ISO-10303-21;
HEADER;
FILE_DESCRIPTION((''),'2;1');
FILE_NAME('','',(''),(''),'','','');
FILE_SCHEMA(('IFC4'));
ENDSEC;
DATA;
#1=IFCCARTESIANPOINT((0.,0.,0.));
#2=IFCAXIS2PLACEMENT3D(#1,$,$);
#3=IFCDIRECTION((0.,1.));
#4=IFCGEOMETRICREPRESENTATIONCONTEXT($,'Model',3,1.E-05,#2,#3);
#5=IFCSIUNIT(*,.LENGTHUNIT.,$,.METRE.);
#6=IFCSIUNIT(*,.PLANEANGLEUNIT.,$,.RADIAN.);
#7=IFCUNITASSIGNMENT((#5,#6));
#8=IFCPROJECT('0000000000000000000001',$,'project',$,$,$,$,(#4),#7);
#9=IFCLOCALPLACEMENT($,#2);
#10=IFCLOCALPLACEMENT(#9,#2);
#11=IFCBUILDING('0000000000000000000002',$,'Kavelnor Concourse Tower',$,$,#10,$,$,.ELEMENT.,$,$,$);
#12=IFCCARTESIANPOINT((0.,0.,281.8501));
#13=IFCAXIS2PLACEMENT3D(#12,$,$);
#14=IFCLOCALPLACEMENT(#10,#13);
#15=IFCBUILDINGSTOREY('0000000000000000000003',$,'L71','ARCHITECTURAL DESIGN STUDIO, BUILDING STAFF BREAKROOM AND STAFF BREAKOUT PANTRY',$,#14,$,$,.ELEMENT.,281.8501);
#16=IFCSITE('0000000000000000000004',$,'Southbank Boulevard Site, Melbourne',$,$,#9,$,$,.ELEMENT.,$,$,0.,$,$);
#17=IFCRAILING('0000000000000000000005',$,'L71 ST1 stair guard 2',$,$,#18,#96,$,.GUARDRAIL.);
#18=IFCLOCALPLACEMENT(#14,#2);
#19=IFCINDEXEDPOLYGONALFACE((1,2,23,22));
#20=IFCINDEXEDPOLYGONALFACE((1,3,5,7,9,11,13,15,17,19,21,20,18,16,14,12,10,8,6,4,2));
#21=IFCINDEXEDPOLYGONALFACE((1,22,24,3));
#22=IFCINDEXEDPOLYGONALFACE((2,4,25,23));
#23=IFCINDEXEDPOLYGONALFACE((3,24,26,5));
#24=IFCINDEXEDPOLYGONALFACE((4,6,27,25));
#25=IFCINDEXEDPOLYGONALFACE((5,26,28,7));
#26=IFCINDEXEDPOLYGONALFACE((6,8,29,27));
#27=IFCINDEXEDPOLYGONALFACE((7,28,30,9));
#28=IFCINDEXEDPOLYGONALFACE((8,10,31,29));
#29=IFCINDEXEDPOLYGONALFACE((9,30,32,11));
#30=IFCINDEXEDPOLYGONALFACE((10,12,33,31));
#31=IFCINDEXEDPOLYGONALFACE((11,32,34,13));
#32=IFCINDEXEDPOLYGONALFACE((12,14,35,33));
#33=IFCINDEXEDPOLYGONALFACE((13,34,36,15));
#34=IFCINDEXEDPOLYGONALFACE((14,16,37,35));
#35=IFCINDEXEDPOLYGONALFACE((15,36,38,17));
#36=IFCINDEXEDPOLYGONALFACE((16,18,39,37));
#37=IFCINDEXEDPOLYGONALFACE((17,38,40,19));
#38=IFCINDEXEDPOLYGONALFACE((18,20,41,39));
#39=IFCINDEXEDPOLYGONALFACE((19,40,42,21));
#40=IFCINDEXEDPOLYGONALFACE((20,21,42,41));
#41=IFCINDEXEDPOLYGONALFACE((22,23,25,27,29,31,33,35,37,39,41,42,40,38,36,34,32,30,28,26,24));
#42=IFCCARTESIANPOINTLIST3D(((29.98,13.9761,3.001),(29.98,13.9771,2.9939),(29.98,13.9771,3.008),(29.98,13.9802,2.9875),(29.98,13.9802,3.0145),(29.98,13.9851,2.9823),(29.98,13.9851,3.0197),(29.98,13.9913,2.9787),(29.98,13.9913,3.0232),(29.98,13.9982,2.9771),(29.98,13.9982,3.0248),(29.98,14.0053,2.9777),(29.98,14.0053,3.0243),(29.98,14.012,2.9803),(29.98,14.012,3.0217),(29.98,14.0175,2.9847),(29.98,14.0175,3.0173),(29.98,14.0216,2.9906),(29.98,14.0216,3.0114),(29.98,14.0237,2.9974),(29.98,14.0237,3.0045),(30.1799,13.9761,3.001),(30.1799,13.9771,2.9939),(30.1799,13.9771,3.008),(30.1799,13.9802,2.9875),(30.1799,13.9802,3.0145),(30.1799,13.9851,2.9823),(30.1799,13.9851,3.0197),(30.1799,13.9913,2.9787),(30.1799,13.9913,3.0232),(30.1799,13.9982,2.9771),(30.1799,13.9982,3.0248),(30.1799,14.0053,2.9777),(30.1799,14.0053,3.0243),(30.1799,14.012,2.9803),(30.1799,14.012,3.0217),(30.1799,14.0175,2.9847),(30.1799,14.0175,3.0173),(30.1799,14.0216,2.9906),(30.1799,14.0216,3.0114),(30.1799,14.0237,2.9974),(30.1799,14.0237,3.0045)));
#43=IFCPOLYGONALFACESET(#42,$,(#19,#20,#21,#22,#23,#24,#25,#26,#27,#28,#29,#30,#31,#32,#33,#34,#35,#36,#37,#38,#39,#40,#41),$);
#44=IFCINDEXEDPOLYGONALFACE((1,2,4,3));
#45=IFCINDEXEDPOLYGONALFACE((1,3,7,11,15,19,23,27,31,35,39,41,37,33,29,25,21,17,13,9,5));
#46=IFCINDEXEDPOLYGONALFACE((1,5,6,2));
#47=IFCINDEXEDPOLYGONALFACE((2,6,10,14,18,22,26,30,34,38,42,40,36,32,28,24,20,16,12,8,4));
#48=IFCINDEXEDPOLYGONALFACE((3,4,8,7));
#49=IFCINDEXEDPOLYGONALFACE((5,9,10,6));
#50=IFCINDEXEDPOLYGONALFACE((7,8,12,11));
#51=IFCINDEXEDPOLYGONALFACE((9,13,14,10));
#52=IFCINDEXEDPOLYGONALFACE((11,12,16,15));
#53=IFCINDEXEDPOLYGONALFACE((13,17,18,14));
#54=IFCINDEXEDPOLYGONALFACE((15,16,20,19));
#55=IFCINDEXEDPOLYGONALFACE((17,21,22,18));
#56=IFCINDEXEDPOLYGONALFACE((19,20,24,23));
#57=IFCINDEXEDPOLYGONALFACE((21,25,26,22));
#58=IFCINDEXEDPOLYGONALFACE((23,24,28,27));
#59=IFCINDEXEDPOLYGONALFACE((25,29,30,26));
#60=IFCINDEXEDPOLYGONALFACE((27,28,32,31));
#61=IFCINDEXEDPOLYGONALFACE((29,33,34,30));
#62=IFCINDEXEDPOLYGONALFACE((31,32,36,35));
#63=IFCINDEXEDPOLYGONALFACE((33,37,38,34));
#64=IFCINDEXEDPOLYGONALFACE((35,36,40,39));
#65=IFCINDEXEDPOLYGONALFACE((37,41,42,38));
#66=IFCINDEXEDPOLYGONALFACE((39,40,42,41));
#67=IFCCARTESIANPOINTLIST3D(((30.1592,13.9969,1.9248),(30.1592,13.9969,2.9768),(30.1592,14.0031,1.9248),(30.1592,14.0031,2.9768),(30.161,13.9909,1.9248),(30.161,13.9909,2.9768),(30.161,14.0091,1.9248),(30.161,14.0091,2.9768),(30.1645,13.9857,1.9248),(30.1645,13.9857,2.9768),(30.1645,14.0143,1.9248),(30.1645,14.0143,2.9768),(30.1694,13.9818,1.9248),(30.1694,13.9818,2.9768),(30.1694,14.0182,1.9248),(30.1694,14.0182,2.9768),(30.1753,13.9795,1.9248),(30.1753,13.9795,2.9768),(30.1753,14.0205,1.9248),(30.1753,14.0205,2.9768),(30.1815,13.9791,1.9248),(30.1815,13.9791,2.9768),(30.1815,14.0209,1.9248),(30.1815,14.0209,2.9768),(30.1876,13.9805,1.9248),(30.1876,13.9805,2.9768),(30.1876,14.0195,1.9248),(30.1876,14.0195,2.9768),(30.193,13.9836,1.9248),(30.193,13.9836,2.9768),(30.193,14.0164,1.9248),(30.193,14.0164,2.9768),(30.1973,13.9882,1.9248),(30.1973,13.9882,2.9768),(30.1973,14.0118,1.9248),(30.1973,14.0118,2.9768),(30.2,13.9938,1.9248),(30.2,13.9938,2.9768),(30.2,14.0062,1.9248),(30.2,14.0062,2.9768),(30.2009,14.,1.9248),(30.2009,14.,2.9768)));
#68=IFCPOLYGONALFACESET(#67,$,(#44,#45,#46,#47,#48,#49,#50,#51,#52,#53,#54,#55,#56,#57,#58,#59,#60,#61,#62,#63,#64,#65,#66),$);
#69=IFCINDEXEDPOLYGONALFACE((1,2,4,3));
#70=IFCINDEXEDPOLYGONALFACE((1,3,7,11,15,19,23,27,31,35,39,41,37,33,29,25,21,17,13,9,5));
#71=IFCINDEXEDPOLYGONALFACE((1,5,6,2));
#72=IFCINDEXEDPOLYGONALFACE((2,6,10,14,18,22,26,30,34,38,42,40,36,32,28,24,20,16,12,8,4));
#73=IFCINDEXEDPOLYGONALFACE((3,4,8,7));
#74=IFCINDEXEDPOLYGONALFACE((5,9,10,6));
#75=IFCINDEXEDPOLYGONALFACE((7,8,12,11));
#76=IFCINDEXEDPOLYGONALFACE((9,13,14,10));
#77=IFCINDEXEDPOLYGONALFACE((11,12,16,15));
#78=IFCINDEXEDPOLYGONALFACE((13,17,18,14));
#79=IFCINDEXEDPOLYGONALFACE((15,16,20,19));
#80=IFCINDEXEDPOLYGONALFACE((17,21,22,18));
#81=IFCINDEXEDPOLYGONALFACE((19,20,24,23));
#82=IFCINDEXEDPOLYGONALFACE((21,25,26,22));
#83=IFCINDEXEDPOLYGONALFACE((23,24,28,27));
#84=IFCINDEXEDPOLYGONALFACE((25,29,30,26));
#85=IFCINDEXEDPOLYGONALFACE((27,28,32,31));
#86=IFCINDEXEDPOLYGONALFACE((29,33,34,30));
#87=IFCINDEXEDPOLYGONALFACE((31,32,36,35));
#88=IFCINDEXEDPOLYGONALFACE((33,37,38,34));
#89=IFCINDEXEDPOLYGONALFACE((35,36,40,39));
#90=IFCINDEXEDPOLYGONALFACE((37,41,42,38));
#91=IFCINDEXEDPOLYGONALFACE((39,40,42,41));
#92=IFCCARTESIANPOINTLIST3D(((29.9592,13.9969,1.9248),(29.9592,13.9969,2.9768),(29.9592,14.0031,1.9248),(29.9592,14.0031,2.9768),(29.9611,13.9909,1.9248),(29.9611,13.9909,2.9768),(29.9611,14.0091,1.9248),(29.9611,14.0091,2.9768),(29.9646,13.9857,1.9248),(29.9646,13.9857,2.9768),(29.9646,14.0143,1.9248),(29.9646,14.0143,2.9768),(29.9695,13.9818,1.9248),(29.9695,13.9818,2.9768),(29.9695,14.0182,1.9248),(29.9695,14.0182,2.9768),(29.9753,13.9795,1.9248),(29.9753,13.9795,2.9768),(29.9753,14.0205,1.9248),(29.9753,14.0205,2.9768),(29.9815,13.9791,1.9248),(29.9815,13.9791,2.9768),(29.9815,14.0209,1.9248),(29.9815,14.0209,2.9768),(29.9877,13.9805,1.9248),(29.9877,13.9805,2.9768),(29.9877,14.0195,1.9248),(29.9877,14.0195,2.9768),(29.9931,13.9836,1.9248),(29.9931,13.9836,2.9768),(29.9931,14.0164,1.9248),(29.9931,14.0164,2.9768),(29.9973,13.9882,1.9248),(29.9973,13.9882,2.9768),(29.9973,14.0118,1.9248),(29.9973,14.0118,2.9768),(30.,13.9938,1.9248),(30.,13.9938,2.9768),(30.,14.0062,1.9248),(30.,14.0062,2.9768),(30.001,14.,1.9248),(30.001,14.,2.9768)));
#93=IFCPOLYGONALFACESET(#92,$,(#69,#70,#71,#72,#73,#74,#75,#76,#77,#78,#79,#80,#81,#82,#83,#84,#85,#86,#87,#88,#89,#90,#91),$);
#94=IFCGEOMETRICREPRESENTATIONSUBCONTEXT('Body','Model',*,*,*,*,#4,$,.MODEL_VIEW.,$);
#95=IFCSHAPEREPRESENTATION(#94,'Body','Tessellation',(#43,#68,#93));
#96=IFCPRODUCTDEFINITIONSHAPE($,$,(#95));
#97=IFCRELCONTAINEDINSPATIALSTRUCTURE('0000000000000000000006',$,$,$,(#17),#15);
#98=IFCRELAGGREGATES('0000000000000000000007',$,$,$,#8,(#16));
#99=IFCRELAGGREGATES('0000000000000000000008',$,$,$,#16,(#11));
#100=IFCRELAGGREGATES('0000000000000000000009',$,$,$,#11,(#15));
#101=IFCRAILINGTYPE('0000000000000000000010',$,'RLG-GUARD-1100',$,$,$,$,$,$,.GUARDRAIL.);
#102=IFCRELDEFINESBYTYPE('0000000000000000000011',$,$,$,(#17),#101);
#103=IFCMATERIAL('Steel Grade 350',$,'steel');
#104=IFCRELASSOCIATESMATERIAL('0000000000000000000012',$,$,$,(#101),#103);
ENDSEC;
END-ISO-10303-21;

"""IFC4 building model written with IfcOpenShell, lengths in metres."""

from ifc_helpers import new_model, si_unit, direction, frame, origin, origin_2d, place, context, subcontext, project, spatial, circle, extrude, material, type_object, element, save


model = new_model("IFC4")

# Units and contexts
model_context = context("Model", 3, precision=1e-05, world=origin(), true_north=direction((0.0, 1.0)))
body_context = subcontext(model_context, "Body", "Model", "MODEL_VIEW")
ifc_project = project(units=[si_unit("LENGTHUNIT", "METRE"), si_unit("PLANEANGLEUNIT", "RADIAN")], contexts=[model_context])

# Site, building, storey
site_placement = place(None, origin())
site = spatial("IfcSite", under=ifc_project, at=site_placement, Name="Southbank Boulevard Site, Melbourne", CompositionType="ELEMENT", RefElevation=0.0)
building_placement = place(site_placement, origin())
building = spatial("IfcBuilding", under=site, at=building_placement, Name="Kavelnor Concourse Tower", CompositionType="ELEMENT")
storey_placement = place(building_placement, frame((0.0, 0.0, 281.8501)))
storey = spatial("IfcBuildingStorey", under=building, at=storey_placement, Name="L71", Description="ARCHITECTURAL DESIGN STUDIO, BUILDING STAFF BREAKROOM AND STAFF BREAKOUT PANTRY", CompositionType="ELEMENT", Elevation=281.8501)

# Shared definitions
ifc_material_1 = material(Name="Steel Grade 350", Category="steel")

# Railing
railing_type_1 = type_object("IfcRailingType", Name="RLG-GUARD-1100", PredefinedType="GUARDRAIL", material=ifc_material_1)
railing_1_placement = place(storey_placement, frame((30.1799, 14.0, 1.9248)))
element("IfcRailing", 1, at=railing_1_placement, inside=storey, type_object=railing_type_1, Name="L71 ST1 stair guard 2", PredefinedType="GUARDRAIL", context=body_context, shape_type="SweptSolid", body=[
    extrude(circle(Radius=0.0239, at=origin_2d()), frame((0.0, 0.0, 1.0762), z_axis=(-1.0, 0.0, 0.0), x_axis=(0.0, -1.0, 0.0)), (0.0, 0.0, 1.0), 0.2),
    extrude(circle(Radius=0.021, at=origin_2d()), origin(), (0.0, 0.0, 1.0), 1.052),
    extrude(circle(Radius=0.021, at=origin_2d()), frame((-0.2, 0.0, 0.0)), (0.0, 0.0, 1.0), 1.052),
])

save(model, "model.ifc")
